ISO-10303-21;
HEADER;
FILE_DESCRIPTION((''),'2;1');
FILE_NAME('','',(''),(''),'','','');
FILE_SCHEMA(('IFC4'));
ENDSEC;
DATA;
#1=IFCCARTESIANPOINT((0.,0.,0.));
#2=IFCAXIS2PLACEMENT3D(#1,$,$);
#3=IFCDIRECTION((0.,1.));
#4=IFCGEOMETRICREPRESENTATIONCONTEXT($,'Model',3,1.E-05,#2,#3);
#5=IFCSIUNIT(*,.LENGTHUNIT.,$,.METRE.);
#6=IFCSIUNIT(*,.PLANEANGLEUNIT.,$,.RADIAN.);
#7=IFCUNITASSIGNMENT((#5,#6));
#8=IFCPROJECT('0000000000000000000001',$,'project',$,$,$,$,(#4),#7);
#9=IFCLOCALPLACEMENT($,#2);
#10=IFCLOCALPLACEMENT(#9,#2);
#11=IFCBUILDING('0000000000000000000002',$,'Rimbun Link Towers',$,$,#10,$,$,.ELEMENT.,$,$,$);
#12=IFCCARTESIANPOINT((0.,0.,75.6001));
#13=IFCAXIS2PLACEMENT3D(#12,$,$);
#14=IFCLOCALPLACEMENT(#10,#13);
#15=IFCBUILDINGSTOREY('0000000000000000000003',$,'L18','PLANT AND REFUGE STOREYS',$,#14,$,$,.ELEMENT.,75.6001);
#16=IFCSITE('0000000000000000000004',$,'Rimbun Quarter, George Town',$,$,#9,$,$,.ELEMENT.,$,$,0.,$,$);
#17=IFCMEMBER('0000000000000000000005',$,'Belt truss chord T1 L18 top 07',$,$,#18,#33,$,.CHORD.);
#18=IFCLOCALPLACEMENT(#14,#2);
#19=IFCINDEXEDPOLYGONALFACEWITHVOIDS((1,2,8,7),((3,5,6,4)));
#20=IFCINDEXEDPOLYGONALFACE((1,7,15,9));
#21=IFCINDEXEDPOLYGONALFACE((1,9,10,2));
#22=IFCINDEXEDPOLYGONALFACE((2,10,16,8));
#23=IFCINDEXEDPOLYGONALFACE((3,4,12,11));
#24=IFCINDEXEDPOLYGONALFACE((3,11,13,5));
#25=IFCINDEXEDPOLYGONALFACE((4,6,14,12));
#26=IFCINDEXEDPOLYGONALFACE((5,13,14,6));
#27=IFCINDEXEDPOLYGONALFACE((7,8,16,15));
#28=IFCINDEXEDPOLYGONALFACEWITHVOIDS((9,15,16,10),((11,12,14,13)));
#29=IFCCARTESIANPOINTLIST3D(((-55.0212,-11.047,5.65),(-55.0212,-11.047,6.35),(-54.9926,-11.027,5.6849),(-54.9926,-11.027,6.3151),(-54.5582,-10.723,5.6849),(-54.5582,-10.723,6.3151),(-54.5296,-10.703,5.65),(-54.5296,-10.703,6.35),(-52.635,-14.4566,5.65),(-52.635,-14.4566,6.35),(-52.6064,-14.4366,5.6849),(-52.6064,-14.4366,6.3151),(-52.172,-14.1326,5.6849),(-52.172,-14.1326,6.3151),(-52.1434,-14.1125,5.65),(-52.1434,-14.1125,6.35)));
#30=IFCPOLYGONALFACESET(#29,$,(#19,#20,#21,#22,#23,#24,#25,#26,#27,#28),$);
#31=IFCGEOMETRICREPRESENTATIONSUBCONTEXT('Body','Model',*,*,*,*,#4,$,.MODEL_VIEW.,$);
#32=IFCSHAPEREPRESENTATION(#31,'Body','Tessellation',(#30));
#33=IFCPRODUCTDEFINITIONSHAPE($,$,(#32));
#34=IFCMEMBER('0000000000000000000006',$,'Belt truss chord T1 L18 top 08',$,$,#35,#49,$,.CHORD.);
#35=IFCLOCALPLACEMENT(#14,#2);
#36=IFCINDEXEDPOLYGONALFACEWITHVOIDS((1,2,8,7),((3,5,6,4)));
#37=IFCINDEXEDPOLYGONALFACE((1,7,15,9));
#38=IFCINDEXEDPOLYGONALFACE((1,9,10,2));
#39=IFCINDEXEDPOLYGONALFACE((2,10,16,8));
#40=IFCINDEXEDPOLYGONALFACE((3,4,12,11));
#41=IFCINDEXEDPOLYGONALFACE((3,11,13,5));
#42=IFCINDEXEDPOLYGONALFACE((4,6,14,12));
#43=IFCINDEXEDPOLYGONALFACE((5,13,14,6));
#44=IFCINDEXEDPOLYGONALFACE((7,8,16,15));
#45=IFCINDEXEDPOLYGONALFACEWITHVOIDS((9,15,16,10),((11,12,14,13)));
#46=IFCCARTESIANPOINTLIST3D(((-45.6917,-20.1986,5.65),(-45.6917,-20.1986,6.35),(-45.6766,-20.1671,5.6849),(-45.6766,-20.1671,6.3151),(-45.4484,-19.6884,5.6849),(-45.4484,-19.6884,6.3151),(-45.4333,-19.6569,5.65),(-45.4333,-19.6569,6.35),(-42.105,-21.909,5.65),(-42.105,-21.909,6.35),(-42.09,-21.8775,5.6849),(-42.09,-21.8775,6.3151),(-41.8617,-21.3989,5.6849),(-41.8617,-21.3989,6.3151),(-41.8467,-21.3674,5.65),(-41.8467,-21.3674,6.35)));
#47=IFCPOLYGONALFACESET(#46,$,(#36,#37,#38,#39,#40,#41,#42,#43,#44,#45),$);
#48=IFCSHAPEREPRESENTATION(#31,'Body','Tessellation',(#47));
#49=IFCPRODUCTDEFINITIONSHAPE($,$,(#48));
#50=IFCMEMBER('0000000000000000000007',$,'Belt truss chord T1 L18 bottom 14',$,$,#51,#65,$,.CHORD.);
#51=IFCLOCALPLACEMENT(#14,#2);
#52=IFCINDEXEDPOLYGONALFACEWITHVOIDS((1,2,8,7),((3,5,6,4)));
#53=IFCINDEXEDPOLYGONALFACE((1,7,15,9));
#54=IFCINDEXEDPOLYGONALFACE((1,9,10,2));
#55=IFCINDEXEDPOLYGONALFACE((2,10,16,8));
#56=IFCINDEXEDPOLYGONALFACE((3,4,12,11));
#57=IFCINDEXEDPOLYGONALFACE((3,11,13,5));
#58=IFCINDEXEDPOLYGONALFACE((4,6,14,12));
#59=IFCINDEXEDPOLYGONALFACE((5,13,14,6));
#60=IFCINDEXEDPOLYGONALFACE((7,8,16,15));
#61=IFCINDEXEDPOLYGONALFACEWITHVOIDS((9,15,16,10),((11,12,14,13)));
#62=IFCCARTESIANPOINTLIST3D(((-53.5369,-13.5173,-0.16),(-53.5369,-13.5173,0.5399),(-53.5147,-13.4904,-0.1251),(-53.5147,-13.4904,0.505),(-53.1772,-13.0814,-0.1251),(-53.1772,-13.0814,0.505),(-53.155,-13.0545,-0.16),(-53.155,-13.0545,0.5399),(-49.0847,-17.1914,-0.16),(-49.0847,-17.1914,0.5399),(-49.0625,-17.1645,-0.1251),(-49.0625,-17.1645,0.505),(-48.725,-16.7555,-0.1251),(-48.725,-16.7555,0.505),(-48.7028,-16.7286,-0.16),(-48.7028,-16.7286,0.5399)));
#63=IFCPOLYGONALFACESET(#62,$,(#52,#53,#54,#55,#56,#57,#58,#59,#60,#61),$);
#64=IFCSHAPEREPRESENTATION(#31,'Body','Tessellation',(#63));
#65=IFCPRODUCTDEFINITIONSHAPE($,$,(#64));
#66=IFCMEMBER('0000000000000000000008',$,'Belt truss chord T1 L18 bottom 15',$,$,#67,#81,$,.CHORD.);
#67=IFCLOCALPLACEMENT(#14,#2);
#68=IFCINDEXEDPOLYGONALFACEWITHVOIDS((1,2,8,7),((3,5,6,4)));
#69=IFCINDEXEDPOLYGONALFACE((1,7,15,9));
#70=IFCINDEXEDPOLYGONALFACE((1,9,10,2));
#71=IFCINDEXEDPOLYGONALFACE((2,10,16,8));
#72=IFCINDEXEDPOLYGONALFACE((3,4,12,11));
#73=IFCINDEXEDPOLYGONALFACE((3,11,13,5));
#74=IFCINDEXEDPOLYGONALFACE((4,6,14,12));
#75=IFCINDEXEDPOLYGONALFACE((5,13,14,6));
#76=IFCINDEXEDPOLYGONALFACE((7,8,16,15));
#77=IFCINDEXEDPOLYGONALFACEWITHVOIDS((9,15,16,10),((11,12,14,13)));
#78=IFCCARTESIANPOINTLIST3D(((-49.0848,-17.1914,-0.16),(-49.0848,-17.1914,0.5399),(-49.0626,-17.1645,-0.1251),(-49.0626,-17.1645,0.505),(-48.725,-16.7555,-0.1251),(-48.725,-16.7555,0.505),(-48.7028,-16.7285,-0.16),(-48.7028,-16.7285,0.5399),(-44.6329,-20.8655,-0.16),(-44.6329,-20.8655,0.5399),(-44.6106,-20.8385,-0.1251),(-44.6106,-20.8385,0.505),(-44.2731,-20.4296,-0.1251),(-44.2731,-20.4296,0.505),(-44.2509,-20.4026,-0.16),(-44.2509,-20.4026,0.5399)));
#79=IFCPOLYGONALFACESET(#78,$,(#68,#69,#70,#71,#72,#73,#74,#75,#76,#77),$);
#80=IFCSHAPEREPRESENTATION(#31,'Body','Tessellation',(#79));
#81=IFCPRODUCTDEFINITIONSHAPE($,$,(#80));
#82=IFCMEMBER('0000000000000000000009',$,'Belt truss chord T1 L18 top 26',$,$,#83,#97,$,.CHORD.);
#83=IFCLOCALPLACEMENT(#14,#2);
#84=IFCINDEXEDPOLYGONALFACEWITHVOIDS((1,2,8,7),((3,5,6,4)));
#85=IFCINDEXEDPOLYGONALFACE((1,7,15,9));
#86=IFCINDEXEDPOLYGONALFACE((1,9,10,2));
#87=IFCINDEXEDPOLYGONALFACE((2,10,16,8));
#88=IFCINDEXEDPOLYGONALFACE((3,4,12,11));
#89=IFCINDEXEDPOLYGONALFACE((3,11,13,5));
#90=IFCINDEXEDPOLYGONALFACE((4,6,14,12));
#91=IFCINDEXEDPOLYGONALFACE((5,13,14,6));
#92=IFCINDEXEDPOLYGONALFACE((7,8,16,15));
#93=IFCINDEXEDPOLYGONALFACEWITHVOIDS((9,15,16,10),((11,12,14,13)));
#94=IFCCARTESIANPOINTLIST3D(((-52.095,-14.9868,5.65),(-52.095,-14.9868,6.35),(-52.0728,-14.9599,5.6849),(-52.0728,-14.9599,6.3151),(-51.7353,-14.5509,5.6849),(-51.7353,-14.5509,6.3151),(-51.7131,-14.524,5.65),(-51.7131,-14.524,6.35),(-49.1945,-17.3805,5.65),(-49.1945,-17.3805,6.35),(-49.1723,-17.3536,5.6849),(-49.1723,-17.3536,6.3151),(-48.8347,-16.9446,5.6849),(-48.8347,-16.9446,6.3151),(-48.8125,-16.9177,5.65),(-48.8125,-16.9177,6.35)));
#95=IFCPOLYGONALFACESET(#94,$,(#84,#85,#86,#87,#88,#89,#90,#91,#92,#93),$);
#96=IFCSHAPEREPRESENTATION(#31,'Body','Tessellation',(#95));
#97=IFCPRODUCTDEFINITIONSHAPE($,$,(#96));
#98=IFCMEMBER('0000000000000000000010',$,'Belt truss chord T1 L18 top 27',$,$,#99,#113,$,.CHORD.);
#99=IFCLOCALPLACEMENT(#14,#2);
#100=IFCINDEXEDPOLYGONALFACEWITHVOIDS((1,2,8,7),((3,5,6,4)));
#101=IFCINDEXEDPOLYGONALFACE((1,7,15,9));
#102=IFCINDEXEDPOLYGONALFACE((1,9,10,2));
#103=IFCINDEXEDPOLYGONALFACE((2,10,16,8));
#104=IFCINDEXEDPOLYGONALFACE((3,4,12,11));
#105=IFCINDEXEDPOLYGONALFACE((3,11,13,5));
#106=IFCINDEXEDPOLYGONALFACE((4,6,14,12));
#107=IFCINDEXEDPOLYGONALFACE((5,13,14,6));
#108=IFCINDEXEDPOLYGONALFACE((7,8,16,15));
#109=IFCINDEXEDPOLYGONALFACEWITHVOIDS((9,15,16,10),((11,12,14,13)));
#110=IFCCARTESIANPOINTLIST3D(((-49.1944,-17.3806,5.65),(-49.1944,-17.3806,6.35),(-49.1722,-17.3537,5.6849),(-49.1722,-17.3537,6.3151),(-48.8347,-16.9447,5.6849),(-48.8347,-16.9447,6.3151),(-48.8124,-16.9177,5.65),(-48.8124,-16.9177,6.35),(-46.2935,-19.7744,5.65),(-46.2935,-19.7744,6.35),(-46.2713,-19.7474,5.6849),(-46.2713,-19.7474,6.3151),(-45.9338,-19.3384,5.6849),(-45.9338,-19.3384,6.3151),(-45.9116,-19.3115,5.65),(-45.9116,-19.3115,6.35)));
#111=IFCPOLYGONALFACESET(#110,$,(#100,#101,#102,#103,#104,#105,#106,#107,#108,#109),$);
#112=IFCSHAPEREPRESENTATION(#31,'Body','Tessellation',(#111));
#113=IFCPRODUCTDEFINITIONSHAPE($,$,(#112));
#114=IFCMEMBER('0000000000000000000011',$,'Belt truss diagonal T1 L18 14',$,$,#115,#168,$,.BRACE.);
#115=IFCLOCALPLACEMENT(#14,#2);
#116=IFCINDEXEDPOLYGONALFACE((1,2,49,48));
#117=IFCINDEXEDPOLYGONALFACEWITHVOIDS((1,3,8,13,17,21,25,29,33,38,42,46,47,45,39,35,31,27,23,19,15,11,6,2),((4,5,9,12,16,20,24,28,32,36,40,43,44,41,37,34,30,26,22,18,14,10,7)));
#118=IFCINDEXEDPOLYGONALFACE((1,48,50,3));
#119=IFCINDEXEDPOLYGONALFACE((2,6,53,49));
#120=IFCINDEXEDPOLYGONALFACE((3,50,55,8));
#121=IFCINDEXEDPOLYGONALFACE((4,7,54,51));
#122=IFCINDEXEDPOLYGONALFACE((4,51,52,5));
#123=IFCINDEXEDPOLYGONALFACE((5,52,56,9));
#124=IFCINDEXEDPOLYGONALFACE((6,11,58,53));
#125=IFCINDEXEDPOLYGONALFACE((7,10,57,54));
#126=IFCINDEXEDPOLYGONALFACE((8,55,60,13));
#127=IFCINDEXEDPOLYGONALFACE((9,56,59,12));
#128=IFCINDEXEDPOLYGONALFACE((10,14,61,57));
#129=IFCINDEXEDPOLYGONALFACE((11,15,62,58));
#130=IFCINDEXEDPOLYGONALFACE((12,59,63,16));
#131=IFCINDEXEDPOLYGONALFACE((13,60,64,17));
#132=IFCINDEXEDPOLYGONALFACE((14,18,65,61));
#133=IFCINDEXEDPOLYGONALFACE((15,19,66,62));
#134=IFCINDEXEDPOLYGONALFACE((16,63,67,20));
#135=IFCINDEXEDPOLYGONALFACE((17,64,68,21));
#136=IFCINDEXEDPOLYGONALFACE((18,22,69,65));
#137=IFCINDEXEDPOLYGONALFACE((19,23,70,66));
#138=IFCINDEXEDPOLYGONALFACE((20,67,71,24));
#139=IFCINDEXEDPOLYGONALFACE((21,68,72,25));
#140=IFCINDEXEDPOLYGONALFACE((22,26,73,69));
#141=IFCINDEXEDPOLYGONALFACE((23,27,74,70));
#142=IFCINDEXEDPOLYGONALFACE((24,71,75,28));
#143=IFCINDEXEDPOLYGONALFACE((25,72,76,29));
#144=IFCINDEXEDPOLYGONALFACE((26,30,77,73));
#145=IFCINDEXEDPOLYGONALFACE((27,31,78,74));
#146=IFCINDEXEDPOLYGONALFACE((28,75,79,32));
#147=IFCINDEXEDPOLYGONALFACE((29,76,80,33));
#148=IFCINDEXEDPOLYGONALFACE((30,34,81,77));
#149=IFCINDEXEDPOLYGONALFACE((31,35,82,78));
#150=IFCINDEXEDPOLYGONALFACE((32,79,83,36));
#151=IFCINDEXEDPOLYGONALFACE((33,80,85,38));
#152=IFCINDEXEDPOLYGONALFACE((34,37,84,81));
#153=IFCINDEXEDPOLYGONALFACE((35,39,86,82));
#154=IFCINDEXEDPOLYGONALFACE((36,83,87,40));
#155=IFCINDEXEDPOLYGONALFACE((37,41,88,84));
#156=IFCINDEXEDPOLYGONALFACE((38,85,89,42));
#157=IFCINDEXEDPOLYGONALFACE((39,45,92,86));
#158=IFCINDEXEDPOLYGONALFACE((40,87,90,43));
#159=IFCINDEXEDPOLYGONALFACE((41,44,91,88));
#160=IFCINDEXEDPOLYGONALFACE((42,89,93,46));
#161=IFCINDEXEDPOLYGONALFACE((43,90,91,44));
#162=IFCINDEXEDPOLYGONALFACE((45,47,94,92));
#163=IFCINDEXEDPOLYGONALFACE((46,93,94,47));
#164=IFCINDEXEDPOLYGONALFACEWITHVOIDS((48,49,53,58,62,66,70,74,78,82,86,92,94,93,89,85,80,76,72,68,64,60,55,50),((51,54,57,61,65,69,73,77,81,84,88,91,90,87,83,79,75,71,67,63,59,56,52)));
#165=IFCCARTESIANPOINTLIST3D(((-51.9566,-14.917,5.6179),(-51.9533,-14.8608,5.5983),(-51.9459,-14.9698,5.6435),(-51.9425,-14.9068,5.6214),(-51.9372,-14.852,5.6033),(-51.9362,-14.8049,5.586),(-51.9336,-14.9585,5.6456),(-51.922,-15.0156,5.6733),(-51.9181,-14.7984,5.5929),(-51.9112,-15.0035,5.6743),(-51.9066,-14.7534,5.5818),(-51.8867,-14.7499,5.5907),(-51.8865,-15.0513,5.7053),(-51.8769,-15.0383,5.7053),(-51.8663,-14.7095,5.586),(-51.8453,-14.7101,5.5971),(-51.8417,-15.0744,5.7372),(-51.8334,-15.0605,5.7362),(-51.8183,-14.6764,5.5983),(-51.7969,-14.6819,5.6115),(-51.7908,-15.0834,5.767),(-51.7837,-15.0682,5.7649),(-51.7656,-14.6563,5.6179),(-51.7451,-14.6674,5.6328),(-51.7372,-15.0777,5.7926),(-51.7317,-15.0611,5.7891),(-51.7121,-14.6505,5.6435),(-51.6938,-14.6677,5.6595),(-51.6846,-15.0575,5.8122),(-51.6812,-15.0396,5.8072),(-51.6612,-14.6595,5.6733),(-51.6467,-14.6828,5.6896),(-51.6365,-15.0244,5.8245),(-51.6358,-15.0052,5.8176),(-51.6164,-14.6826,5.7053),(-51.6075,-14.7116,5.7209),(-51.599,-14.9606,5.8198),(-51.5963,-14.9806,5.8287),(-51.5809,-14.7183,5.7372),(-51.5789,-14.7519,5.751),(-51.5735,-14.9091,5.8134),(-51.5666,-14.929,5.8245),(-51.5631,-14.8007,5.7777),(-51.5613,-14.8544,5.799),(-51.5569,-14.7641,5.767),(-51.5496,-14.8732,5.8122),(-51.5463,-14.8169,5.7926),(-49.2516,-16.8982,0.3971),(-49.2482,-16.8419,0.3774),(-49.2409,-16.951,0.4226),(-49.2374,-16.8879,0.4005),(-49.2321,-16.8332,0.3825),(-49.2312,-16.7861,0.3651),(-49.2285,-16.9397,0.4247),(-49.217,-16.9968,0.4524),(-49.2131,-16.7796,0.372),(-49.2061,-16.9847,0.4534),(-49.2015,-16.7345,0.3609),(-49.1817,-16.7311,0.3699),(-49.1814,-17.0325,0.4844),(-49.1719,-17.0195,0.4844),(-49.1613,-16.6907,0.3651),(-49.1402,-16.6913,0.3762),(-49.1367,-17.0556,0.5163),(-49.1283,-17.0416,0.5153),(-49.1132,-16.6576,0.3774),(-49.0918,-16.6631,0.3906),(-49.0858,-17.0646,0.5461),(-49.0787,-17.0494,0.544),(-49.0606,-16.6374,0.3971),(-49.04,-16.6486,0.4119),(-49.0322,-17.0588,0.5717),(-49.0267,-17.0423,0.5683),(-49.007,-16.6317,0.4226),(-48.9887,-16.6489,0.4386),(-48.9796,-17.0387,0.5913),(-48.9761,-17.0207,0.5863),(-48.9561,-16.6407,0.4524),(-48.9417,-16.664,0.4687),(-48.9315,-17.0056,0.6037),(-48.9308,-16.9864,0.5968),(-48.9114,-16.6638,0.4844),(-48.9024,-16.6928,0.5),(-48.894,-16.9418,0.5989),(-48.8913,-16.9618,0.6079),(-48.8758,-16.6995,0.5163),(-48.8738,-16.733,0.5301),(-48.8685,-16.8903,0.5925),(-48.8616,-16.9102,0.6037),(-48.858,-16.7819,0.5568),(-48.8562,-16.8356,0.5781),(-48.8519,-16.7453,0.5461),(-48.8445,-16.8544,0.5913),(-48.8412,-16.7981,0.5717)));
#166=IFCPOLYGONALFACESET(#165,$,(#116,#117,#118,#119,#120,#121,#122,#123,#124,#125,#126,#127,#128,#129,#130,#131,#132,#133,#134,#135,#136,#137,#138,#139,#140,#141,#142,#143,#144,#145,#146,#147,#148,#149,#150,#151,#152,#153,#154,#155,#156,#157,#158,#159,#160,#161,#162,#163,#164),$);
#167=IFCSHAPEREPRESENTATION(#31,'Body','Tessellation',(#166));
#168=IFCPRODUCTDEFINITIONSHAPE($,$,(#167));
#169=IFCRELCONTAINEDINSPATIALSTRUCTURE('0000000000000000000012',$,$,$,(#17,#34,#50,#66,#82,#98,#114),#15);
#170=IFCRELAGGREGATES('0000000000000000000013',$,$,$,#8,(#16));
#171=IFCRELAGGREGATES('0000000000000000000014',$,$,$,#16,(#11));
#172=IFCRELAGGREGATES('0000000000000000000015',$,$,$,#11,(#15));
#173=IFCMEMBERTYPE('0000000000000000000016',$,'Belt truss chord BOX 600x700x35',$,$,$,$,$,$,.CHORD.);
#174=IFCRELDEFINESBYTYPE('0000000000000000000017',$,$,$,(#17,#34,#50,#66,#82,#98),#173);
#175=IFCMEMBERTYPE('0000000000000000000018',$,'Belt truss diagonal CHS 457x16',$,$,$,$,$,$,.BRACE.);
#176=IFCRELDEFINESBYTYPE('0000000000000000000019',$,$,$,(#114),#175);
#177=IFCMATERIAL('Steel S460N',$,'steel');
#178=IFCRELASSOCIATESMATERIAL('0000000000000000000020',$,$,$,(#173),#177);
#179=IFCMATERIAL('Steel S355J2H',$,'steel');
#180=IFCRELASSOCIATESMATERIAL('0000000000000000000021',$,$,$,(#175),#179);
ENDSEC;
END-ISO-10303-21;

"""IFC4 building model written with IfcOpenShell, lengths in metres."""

from ifc_helpers import new_model, si_unit, direction, frame, origin, origin_2d, place, context, subcontext, project, spatial, hollow_rectangle, hollow_circle, extrude, material, material_profile, profile_set, type_object, element, save


model = new_model("IFC4")

# Units and contexts
model_context = context("Model", 3, precision=1e-05, world=origin(), true_north=direction((0.0, 1.0)))
body_context = subcontext(model_context, "Body", "Model", "MODEL_VIEW")
ifc_project = project(units=[si_unit("LENGTHUNIT", "METRE"), si_unit("PLANEANGLEUNIT", "RADIAN")], contexts=[model_context])

# Site, building, storey
site_placement = place(None, origin())
site = spatial("IfcSite", under=ifc_project, at=site_placement, Name="Rimbun Quarter, George Town", CompositionType="ELEMENT", RefElevation=0.0)
building_placement = place(site_placement, origin())
building = spatial("IfcBuilding", under=site, at=building_placement, Name="Rimbun Link Towers", CompositionType="ELEMENT")
storey_placement = place(building_placement, frame((0.0, 0.0, 75.6001)))
storey = spatial("IfcBuildingStorey", under=building, at=storey_placement, Name="L18", Description="PLANT AND REFUGE STOREYS", CompositionType="ELEMENT", Elevation=75.6001)

# Members
ifc_material_1 = material(Name="Steel S460N", Category="steel")
ifc_material_profile_1 = material_profile(ifc_material_1, hollow_rectangle(XDim=0.6001, YDim=0.7, WallThickness=0.0349, at=origin_2d()), Name="Belt truss chord BOX 600x700x35")
ifc_profile_set_1 = profile_set([ifc_material_profile_1], Name="Steel S460N")
member_type_1 = type_object("IfcMemberType", Name="Belt truss chord BOX 600x700x35", PredefinedType="CHORD", material=ifc_profile_set_1)
member_1_placement = place(storey_placement, frame((-54.7754, -10.875, 6.0), z_axis=(0.573376, -0.819293, 0.0), x_axis=(0.819293, 0.573376, 0.0)))
element("IfcMember", 1, at=member_1_placement, inside=storey, type_object=member_type_1, Name="Belt truss chord T1 L18 top 07", PredefinedType="CHORD", context=body_context, shape_type="SweptSolid", body=[
    extrude(hollow_rectangle(XDim=0.6001, YDim=0.7, WallThickness=0.0349, at=origin_2d()), origin(), (0.0, 0.0, 1.0), 4.1616),
])
member_2_placement = place(storey_placement, frame((-45.5625, -19.9277, 6.0), z_axis=(0.902615, -0.430449, 0.0), x_axis=(0.430449, 0.902615, 0.0)))
element("IfcMember", 2, at=member_2_placement, inside=storey, type_object=member_type_1, Name="Belt truss chord T1 L18 top 08", PredefinedType="CHORD", context=body_context, shape_type="SweptSolid", body=[
    extrude(hollow_rectangle(XDim=0.6001, YDim=0.7, WallThickness=0.0349, at=origin_2d()), origin(), (0.0, 0.0, 1.0), 3.9736),
])
member_3_placement = place(storey_placement, frame((-53.3459, -13.2859, 0.1899), z_axis=(0.771284, -0.636491, 0.0), x_axis=(0.636491, 0.771284, 0.0)))
element("IfcMember", 3, at=member_3_placement, inside=storey, type_object=member_type_1, Name="Belt truss chord T1 L18 bottom 14", PredefinedType="CHORD", context=body_context, shape_type="SweptSolid", body=[
    extrude(hollow_rectangle(XDim=0.6001, YDim=0.7, WallThickness=0.0349, at=origin_2d()), origin(), (0.0, 0.0, 1.0), 5.7725),
])
member_4_placement = place(storey_placement, frame((-48.8938, -16.96, 0.1899), z_axis=(0.771267, -0.636512, 0.0), x_axis=(0.636512, 0.771267, 0.0)))
element("IfcMember", 4, at=member_4_placement, inside=storey, type_object=member_type_1, Name="Belt truss chord T1 L18 bottom 15", PredefinedType="CHORD", context=body_context, shape_type="SweptSolid", body=[
    extrude(hollow_rectangle(XDim=0.6001, YDim=0.7, WallThickness=0.0349, at=origin_2d()), origin(), (0.0, 0.0, 1.0), 5.7722),
])
member_5_placement = place(storey_placement, frame((-51.9041, -14.7554, 6.0), z_axis=(0.771272, -0.636506, 0.0), x_axis=(0.636506, 0.771272, 0.0)))
element("IfcMember", 5, at=member_5_placement, inside=storey, type_object=member_type_1, Name="Belt truss chord T1 L18 top 26", PredefinedType="CHORD", context=body_context, shape_type="SweptSolid", body=[
    extrude(hollow_rectangle(XDim=0.6001, YDim=0.7, WallThickness=0.0349, at=origin_2d()), origin(), (0.0, 0.0, 1.0), 3.7607),
])
member_6_placement = place(storey_placement, frame((-49.0034, -17.1492, 6.0), z_axis=(0.771298, -0.636474, 0.0), x_axis=(0.636474, 0.771298, 0.0)))
element("IfcMember", 6, at=member_6_placement, inside=storey, type_object=member_type_1, Name="Belt truss chord T1 L18 top 27", PredefinedType="CHORD", context=body_context, shape_type="SweptSolid", body=[
    extrude(hollow_rectangle(XDim=0.6001, YDim=0.7, WallThickness=0.0349, at=origin_2d()), origin(), (0.0, 0.0, 1.0), 3.761),
])
ifc_material_2 = material(Name="Steel S355J2H", Category="steel")
ifc_material_profile_2 = material_profile(ifc_material_2, hollow_circle(Radius=0.2285, WallThickness=0.0161, at=origin_2d()), Name="Belt truss diagonal CHS 457x16")
ifc_profile_set_2 = profile_set([ifc_material_profile_2], Name="Steel S355J2H")
member_type_2 = type_object("IfcMemberType", Name="Belt truss diagonal CHS 457x16", PredefinedType="BRACE", material=ifc_profile_set_2)
member_7_placement = place(storey_placement, frame((-49.0464, -16.8481, 0.4844), z_axis=(-0.435958, 0.319296, 0.841422), x_axis=(-0.590874, -0.806764, 0.0)))
element("IfcMember", 7, at=member_7_placement, inside=storey, type_object=member_type_2, Name="Belt truss diagonal T1 L18 14", PredefinedType="BRACE", context=body_context, shape_type="SweptSolid", body=[
    extrude(hollow_circle(Radius=0.2285, WallThickness=0.0161, at=origin_2d()), origin(), (0.0, 0.0, 1.0), 6.2048),
])

save(model, "model.ifc")
